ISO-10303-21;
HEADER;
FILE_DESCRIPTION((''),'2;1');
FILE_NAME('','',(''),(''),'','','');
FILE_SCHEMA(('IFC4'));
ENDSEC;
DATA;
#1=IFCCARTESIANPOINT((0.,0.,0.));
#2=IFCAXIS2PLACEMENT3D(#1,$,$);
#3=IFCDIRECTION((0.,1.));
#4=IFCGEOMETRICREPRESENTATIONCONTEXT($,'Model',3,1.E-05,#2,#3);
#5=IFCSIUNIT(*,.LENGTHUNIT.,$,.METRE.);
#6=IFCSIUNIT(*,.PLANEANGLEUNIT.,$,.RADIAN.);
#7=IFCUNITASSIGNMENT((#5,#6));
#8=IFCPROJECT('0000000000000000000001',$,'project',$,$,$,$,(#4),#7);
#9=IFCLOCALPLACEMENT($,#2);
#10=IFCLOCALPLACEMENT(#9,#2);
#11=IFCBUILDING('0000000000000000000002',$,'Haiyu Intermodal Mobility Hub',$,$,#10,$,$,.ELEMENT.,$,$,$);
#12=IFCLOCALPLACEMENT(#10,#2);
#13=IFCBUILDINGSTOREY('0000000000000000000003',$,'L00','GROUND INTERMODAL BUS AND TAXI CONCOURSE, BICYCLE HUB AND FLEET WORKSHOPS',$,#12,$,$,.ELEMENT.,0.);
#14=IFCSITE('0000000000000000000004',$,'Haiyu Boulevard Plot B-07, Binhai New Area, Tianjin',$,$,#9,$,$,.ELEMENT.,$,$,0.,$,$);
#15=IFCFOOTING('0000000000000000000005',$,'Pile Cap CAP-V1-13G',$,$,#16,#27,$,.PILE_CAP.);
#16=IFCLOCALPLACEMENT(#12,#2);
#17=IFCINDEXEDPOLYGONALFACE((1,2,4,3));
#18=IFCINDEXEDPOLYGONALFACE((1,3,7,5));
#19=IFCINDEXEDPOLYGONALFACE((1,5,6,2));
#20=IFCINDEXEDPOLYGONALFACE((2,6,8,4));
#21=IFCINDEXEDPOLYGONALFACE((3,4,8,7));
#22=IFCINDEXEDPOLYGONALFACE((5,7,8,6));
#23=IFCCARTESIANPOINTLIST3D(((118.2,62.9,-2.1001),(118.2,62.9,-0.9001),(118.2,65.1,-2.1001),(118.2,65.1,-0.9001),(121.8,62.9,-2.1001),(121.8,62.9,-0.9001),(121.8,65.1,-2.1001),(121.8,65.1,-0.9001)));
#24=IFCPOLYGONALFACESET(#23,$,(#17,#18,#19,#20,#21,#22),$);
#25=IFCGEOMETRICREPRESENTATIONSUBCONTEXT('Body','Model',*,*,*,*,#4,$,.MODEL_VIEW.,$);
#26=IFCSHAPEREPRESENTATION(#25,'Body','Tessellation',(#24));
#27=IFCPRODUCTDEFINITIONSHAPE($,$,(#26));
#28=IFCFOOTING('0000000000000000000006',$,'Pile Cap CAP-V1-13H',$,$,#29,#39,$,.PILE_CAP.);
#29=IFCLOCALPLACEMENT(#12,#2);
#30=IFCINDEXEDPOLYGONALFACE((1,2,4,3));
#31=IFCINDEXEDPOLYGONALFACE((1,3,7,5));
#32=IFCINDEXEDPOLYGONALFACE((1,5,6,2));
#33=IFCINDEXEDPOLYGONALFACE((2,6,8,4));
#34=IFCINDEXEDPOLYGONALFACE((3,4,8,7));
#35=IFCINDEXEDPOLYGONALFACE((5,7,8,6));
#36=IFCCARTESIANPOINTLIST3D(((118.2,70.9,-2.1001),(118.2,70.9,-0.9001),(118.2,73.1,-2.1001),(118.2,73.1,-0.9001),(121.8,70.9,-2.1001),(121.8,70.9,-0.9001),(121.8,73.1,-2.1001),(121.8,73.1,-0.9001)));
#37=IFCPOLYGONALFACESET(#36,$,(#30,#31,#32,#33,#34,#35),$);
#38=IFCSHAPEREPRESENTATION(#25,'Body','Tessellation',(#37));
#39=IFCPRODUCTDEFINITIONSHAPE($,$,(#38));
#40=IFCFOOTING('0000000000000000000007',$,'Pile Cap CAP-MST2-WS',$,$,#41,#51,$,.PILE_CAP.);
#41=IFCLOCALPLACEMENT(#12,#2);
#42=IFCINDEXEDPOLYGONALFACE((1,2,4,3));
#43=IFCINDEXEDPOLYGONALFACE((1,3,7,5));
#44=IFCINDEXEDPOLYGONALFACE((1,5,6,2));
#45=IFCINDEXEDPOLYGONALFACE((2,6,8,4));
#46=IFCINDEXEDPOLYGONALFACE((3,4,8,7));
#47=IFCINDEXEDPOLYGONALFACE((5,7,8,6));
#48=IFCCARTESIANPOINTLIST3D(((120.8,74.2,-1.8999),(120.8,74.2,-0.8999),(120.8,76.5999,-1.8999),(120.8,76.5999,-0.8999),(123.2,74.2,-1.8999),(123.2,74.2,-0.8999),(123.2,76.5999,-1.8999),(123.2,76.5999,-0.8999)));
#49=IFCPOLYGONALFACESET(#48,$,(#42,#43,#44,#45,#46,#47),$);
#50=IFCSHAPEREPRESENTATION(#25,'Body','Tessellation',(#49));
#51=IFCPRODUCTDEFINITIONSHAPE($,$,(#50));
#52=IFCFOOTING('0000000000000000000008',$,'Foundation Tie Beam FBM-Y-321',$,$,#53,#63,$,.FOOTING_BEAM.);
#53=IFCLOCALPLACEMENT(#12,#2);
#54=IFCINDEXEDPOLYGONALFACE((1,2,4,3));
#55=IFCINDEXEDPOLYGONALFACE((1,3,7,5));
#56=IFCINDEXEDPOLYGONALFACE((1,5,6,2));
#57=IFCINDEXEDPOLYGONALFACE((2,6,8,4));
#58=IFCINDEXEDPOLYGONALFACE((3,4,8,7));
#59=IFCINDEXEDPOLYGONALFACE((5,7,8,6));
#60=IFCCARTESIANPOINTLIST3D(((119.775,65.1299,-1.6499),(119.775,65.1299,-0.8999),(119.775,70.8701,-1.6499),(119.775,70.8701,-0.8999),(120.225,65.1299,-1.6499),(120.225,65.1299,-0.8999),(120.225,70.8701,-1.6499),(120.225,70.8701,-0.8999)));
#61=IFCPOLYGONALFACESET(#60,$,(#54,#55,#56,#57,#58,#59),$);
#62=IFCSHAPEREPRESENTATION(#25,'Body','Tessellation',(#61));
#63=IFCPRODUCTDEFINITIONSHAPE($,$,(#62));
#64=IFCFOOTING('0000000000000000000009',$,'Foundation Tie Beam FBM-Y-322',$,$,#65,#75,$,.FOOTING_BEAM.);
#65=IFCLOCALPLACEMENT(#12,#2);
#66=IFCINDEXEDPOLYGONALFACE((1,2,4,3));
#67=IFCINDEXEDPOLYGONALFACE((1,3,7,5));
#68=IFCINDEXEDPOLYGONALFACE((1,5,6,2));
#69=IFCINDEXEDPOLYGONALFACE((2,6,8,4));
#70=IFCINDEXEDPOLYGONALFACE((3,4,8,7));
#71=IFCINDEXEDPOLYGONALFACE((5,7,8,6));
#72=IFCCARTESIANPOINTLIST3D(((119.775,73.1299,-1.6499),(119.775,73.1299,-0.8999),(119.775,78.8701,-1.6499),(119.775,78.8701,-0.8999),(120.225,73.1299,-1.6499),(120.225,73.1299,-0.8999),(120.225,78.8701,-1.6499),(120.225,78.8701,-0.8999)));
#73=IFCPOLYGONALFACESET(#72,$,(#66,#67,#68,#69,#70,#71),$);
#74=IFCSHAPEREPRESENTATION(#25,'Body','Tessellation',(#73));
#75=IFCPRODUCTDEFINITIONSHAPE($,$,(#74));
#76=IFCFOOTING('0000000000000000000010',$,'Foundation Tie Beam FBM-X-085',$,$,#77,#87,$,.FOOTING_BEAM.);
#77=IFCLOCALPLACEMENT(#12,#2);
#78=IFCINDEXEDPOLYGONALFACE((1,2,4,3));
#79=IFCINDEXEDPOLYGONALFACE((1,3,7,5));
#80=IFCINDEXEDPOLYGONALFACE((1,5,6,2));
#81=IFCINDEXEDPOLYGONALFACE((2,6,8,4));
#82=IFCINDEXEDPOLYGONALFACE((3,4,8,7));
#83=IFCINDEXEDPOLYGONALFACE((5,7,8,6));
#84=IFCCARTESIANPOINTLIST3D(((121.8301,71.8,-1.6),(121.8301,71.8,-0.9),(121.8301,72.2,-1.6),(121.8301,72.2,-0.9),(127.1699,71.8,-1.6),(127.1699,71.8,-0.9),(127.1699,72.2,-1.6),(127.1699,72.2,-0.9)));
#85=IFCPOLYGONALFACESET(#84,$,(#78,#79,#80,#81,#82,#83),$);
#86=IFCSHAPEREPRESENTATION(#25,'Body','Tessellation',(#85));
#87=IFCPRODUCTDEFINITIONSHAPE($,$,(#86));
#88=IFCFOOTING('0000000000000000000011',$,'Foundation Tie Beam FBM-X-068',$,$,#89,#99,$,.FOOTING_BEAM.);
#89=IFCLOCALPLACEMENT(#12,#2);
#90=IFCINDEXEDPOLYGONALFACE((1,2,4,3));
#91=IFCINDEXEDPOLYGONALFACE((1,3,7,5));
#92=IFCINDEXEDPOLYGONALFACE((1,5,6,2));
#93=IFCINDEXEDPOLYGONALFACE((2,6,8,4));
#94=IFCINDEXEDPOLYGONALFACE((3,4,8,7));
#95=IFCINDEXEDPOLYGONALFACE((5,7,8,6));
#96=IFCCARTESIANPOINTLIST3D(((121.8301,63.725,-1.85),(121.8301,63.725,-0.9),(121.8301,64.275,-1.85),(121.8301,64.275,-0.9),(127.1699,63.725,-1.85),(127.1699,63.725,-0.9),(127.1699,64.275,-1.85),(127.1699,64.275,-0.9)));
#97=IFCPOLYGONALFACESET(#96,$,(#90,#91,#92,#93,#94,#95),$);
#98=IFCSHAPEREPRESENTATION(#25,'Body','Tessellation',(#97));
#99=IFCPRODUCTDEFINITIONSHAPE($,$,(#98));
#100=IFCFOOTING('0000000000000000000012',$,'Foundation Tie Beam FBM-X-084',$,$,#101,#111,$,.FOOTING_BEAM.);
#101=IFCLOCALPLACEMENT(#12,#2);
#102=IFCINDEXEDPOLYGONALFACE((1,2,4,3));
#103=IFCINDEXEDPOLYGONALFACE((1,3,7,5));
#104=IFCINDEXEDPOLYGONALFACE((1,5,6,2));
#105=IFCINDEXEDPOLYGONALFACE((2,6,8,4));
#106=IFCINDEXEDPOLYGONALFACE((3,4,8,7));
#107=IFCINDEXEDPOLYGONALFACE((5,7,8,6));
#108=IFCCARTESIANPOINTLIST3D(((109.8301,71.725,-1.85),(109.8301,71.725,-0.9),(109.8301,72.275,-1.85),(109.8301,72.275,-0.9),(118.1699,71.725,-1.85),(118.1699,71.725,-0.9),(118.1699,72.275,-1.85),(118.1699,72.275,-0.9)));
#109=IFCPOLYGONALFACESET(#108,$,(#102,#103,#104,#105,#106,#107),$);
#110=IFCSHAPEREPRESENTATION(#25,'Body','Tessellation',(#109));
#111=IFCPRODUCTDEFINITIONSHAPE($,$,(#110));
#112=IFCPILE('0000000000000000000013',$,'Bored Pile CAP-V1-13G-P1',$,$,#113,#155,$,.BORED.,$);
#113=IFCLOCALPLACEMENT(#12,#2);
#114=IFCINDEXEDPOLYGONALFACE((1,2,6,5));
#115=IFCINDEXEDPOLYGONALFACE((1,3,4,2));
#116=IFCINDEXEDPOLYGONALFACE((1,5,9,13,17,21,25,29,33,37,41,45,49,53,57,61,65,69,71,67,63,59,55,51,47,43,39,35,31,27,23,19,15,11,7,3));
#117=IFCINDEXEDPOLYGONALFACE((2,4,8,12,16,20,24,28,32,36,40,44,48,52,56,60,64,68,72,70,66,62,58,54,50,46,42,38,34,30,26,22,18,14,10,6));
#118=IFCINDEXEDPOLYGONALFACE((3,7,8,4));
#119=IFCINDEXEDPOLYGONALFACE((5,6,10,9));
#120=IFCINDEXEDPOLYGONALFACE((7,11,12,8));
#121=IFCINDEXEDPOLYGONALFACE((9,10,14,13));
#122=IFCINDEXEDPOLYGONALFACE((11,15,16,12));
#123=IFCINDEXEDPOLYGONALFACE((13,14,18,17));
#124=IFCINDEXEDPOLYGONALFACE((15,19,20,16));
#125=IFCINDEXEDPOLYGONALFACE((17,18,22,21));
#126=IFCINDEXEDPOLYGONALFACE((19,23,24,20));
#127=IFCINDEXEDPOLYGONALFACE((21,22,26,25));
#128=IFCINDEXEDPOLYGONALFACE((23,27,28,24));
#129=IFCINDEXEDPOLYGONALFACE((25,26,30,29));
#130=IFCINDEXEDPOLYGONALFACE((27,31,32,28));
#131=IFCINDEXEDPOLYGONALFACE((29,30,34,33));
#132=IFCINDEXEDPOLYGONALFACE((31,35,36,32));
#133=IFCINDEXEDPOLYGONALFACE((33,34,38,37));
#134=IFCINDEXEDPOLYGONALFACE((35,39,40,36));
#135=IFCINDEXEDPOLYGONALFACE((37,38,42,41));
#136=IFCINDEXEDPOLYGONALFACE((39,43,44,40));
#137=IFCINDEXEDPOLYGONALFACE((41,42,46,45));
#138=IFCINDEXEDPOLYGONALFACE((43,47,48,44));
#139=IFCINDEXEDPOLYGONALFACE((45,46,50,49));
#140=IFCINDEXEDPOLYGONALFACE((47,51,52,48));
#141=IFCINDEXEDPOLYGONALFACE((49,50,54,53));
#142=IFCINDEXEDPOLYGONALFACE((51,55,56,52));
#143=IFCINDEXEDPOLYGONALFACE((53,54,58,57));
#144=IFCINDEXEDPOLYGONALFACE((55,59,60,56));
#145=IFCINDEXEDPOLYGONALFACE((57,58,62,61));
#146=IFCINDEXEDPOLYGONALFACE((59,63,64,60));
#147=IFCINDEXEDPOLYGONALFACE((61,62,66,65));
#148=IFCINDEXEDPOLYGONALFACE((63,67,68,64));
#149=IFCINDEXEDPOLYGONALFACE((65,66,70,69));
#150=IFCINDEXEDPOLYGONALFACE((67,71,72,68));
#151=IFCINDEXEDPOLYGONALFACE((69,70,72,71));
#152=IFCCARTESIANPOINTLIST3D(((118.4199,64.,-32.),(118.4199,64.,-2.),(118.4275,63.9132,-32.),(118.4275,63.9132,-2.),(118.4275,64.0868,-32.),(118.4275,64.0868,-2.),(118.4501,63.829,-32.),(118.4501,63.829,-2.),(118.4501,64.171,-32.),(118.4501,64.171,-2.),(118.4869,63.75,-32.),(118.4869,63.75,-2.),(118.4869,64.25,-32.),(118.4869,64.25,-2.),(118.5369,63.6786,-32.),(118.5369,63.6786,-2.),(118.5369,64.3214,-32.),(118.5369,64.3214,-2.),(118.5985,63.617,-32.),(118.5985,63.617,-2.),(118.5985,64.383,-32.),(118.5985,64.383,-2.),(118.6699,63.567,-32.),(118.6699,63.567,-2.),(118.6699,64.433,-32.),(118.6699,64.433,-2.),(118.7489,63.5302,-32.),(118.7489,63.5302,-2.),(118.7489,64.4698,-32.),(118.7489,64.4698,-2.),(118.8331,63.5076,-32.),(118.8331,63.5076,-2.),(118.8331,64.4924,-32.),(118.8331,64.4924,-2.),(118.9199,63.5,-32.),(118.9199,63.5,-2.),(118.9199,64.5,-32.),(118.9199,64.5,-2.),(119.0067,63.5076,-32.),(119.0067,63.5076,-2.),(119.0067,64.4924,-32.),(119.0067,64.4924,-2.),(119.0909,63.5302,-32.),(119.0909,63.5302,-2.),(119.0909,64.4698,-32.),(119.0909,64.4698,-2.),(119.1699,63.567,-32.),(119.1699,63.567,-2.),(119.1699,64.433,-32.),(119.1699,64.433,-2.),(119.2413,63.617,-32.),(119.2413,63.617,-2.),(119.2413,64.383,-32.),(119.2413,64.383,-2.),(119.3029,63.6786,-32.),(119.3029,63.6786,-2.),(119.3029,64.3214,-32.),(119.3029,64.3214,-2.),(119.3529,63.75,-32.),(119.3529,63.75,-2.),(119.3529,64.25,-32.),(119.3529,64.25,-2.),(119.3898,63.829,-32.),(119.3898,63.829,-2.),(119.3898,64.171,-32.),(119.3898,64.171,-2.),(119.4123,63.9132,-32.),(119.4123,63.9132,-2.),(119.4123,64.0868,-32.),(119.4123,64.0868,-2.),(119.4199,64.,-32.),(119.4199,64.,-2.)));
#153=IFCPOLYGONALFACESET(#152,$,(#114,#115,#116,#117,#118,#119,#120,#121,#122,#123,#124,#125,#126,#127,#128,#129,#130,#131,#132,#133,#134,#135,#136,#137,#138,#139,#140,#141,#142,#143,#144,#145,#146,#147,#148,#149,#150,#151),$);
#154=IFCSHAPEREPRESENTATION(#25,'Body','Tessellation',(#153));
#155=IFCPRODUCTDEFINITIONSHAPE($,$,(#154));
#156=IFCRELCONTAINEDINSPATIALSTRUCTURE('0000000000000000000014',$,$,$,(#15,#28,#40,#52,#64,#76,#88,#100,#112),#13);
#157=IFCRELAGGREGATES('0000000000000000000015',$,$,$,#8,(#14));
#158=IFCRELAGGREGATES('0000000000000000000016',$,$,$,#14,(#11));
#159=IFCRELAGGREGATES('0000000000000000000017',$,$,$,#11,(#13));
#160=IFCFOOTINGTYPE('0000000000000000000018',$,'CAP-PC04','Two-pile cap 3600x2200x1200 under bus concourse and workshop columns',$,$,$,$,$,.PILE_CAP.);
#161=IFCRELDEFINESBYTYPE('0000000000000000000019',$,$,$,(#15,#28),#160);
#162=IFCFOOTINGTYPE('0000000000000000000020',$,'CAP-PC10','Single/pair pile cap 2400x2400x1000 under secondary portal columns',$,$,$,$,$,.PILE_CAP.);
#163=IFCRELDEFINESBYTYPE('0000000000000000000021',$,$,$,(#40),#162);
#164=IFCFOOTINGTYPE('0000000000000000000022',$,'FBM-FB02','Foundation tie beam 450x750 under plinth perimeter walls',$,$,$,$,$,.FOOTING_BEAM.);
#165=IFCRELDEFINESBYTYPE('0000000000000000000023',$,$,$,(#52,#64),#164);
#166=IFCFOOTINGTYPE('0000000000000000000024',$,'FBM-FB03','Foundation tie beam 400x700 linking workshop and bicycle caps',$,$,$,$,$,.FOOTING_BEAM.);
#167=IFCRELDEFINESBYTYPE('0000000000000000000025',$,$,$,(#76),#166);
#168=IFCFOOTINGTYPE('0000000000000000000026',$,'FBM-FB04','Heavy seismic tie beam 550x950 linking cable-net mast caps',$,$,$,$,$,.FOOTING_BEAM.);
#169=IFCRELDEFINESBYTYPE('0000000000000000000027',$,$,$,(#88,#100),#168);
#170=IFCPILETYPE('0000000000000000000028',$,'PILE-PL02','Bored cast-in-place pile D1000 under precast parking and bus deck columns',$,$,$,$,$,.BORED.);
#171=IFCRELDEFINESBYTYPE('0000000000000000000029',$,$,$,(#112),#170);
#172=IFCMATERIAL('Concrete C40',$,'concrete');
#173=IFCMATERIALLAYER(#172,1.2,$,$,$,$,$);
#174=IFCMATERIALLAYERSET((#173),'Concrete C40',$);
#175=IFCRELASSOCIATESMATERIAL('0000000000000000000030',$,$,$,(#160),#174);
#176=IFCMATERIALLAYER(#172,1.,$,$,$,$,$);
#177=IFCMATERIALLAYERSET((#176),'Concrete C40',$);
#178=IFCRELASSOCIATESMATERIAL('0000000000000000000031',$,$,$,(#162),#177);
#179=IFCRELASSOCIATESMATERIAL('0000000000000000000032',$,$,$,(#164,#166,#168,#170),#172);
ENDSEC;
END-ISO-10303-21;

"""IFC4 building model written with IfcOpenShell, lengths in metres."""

from ifc_helpers import new_model, si_unit, direction, frame, origin, origin_2d, place, context, subcontext, project, spatial, rectangle, circle, extrude, material, layer, layer_set, material_profile, profile_set, type_object, element, save


model = new_model("IFC4")

# Units and contexts
model_context = context("Model", 3, precision=1e-05, world=origin(), true_north=direction((0.0, 1.0)))
body_context = subcontext(model_context, "Body", "Model", "MODEL_VIEW")
ifc_project = project(units=[si_unit("LENGTHUNIT", "METRE"), si_unit("PLANEANGLEUNIT", "RADIAN")], contexts=[model_context])

# Site, building, storey
site_placement = place(None, origin())
site = spatial("IfcSite", under=ifc_project, at=site_placement, Name="Haiyu Boulevard Plot B-07, Binhai New Area, Tianjin", CompositionType="ELEMENT", RefElevation=0.0)
building_placement = place(site_placement, origin())
building = spatial("IfcBuilding", under=site, at=building_placement, Name="Haiyu Intermodal Mobility Hub", CompositionType="ELEMENT")
storey_placement = place(building_placement, origin())
storey = spatial("IfcBuildingStorey", under=building, at=storey_placement, Name="L00", Description="GROUND INTERMODAL BUS AND TAXI CONCOURSE, BICYCLE HUB AND FLEET WORKSHOPS", CompositionType="ELEMENT", Elevation=0.0)

# Footings
ifc_material_1 = material(Name="Concrete C40", Category="concrete")
ifc_layer_1 = layer(ifc_material_1, 1.2)
ifc_layer_set_1 = layer_set([ifc_layer_1], Name="Concrete C40")
footing_type_1 = type_object("IfcFootingType", Name="CAP-PC04", Description="Two-pile cap 3600x2200x1200 under bus concourse and workshop columns", PredefinedType="PILE_CAP", material=ifc_layer_set_1)
for number, where, z_axis, x_axis, name in (
    (1, (120.0, 64.0, -2.1001), (0.0, 0.0, 1.0), (1.0, 0.0, 0.0), "Pile Cap CAP-V1-13G"),
    (2, (120.0, 72.0, -2.1001), (0.0, 0.0, 1.0), (1.0, 0.0, 0.0), "Pile Cap CAP-V1-13H"),
):
    element("IfcFooting", number, at=place(storey_placement, frame(where, z_axis=z_axis, x_axis=x_axis)), inside=storey, type_object=footing_type_1, Name=name, PredefinedType="PILE_CAP", context=body_context, shape_type="SweptSolid", body=[
        extrude(rectangle(XDim=3.6001, YDim=2.2, at=origin_2d()), origin(), (0.0, 0.0, 1.0), 1.2),
    ])
ifc_layer_2 = layer(ifc_material_1, 1.0)
ifc_layer_set_2 = layer_set([ifc_layer_2], Name="Concrete C40")
footing_type_2 = type_object("IfcFootingType", Name="CAP-PC10", Description="Single/pair pile cap 2400x2400x1000 under secondary portal columns", PredefinedType="PILE_CAP", material=ifc_layer_set_2)
footing_1_placement = place(storey_placement, frame((122.0, 75.3999, -1.8999), z_axis=(0.0, 0.0, 1.0), x_axis=(1.0, 0.0, 0.0)))
element("IfcFooting", 3, at=footing_1_placement, inside=storey, type_object=footing_type_2, Name="Pile Cap CAP-MST2-WS", PredefinedType="PILE_CAP", context=body_context, shape_type="SweptSolid", body=[
    extrude(rectangle(XDim=2.3999, YDim=2.3999, at=origin_2d()), origin(), (0.0, 0.0, 1.0), 1.0),
])
ifc_material_profile_1 = material_profile(ifc_material_1, rectangle(XDim=0.45, YDim=0.75, at=origin_2d()), Name="FB450x750")
ifc_profile_set_1 = profile_set([ifc_material_profile_1], Name="Concrete C40")
footing_type_3 = type_object("IfcFootingType", Name="FBM-FB02", Description="Foundation tie beam 450x750 under plinth perimeter walls", PredefinedType="FOOTING_BEAM", material=ifc_profile_set_1)
for number, where, z_axis, x_axis, name in (
    (4, (120.0, 65.1299, -1.2749), (0.0, 1.0, 0.0), (-1.0, 0.0, 0.0), "Foundation Tie Beam FBM-Y-321"),
    (5, (120.0, 73.1299, -1.2749), (0.0, 1.0, 0.0), (-1.0, 0.0, 0.0), "Foundation Tie Beam FBM-Y-322"),
):
    element("IfcFooting", number, at=place(storey_placement, frame(where, z_axis=z_axis, x_axis=x_axis)), inside=storey, type_object=footing_type_3, Name=name, PredefinedType="FOOTING_BEAM", context=body_context, shape_type="SweptSolid", body=[
        extrude(rectangle(XDim=0.45, YDim=0.75, at=origin_2d()), origin(), (0.0, 0.0, 1.0), 5.7402),
    ])
ifc_material_profile_2 = material_profile(ifc_material_1, rectangle(XDim=0.3999, YDim=0.7, at=origin_2d()), Name="FB400x700")
ifc_profile_set_2 = profile_set([ifc_material_profile_2], Name="Concrete C40")
footing_type_4 = type_object("IfcFootingType", Name="FBM-FB03", Description="Foundation tie beam 400x700 linking workshop and bicycle caps", PredefinedType="FOOTING_BEAM", material=ifc_profile_set_2)
footing_2_placement = place(storey_placement, frame((121.8301, 72.0, -1.25), z_axis=(1.0, 0.0, 0.0), x_axis=(0.0, 1.0, 0.0)))
element("IfcFooting", 6, at=footing_2_placement, inside=storey, type_object=footing_type_4, Name="Foundation Tie Beam FBM-X-085", PredefinedType="FOOTING_BEAM", context=body_context, shape_type="SweptSolid", body=[
    extrude(rectangle(XDim=0.3999, YDim=0.7, at=origin_2d()), origin(), (0.0, 0.0, 1.0), 5.3398),
])
ifc_material_profile_3 = material_profile(ifc_material_1, rectangle(XDim=0.55, YDim=0.95, at=origin_2d()), Name="FB550x950")
ifc_profile_set_3 = profile_set([ifc_material_profile_3], Name="Concrete C40")
footing_type_5 = type_object("IfcFootingType", Name="FBM-FB04", Description="Heavy seismic tie beam 550x950 linking cable-net mast caps", PredefinedType="FOOTING_BEAM", material=ifc_profile_set_3)
footing_3_placement = place(storey_placement, frame((121.8301, 64.0, -1.375), z_axis=(1.0, 0.0, 0.0), x_axis=(0.0, 1.0, 0.0)))
element("IfcFooting", 7, at=footing_3_placement, inside=storey, type_object=footing_type_5, Name="Foundation Tie Beam FBM-X-068", PredefinedType="FOOTING_BEAM", context=body_context, shape_type="SweptSolid", body=[
    extrude(rectangle(XDim=0.55, YDim=0.95, at=origin_2d()), origin(), (0.0, 0.0, 1.0), 5.3398),
])
footing_4_placement = place(storey_placement, frame((109.8301, 72.0, -1.375), z_axis=(1.0, 0.0, 0.0), x_axis=(0.0, 1.0, 0.0)))
element("IfcFooting", 8, at=footing_4_placement, inside=storey, type_object=footing_type_5, Name="Foundation Tie Beam FBM-X-084", PredefinedType="FOOTING_BEAM", context=body_context, shape_type="SweptSolid", body=[
    extrude(rectangle(XDim=0.55, YDim=0.95, at=origin_2d()), origin(), (0.0, 0.0, 1.0), 8.3398),
])

# Pile
ifc_material_profile_4 = material_profile(ifc_material_1, circle(Radius=0.5, at=origin_2d()), Name="PILE-D1000")
ifc_profile_set_4 = profile_set([ifc_material_profile_4], Name="Concrete C40")
pile_type_1 = type_object("IfcPileType", Name="PILE-PL02", Description="Bored cast-in-place pile D1000 under precast parking and bus deck columns", PredefinedType="BORED", material=ifc_profile_set_4)
for number, where, z_axis, x_axis, name in (
    (9, (118.9199, 64.0, -2.0), (0.0, 0.0, -1.0), (1.0, 0.0, 0.0), "Bored Pile CAP-V1-13G-P1"),
):
    element("IfcPile", number, at=place(storey_placement, frame(where, z_axis=z_axis, x_axis=x_axis)), inside=storey, type_object=pile_type_1, Name=name, PredefinedType="BORED", context=body_context, shape_type="SweptSolid", body=[
        extrude(circle(Radius=0.5, at=origin_2d()), origin(), (0.0, 0.0, 1.0), 30.0),
    ])

save(model, "model.ifc")
